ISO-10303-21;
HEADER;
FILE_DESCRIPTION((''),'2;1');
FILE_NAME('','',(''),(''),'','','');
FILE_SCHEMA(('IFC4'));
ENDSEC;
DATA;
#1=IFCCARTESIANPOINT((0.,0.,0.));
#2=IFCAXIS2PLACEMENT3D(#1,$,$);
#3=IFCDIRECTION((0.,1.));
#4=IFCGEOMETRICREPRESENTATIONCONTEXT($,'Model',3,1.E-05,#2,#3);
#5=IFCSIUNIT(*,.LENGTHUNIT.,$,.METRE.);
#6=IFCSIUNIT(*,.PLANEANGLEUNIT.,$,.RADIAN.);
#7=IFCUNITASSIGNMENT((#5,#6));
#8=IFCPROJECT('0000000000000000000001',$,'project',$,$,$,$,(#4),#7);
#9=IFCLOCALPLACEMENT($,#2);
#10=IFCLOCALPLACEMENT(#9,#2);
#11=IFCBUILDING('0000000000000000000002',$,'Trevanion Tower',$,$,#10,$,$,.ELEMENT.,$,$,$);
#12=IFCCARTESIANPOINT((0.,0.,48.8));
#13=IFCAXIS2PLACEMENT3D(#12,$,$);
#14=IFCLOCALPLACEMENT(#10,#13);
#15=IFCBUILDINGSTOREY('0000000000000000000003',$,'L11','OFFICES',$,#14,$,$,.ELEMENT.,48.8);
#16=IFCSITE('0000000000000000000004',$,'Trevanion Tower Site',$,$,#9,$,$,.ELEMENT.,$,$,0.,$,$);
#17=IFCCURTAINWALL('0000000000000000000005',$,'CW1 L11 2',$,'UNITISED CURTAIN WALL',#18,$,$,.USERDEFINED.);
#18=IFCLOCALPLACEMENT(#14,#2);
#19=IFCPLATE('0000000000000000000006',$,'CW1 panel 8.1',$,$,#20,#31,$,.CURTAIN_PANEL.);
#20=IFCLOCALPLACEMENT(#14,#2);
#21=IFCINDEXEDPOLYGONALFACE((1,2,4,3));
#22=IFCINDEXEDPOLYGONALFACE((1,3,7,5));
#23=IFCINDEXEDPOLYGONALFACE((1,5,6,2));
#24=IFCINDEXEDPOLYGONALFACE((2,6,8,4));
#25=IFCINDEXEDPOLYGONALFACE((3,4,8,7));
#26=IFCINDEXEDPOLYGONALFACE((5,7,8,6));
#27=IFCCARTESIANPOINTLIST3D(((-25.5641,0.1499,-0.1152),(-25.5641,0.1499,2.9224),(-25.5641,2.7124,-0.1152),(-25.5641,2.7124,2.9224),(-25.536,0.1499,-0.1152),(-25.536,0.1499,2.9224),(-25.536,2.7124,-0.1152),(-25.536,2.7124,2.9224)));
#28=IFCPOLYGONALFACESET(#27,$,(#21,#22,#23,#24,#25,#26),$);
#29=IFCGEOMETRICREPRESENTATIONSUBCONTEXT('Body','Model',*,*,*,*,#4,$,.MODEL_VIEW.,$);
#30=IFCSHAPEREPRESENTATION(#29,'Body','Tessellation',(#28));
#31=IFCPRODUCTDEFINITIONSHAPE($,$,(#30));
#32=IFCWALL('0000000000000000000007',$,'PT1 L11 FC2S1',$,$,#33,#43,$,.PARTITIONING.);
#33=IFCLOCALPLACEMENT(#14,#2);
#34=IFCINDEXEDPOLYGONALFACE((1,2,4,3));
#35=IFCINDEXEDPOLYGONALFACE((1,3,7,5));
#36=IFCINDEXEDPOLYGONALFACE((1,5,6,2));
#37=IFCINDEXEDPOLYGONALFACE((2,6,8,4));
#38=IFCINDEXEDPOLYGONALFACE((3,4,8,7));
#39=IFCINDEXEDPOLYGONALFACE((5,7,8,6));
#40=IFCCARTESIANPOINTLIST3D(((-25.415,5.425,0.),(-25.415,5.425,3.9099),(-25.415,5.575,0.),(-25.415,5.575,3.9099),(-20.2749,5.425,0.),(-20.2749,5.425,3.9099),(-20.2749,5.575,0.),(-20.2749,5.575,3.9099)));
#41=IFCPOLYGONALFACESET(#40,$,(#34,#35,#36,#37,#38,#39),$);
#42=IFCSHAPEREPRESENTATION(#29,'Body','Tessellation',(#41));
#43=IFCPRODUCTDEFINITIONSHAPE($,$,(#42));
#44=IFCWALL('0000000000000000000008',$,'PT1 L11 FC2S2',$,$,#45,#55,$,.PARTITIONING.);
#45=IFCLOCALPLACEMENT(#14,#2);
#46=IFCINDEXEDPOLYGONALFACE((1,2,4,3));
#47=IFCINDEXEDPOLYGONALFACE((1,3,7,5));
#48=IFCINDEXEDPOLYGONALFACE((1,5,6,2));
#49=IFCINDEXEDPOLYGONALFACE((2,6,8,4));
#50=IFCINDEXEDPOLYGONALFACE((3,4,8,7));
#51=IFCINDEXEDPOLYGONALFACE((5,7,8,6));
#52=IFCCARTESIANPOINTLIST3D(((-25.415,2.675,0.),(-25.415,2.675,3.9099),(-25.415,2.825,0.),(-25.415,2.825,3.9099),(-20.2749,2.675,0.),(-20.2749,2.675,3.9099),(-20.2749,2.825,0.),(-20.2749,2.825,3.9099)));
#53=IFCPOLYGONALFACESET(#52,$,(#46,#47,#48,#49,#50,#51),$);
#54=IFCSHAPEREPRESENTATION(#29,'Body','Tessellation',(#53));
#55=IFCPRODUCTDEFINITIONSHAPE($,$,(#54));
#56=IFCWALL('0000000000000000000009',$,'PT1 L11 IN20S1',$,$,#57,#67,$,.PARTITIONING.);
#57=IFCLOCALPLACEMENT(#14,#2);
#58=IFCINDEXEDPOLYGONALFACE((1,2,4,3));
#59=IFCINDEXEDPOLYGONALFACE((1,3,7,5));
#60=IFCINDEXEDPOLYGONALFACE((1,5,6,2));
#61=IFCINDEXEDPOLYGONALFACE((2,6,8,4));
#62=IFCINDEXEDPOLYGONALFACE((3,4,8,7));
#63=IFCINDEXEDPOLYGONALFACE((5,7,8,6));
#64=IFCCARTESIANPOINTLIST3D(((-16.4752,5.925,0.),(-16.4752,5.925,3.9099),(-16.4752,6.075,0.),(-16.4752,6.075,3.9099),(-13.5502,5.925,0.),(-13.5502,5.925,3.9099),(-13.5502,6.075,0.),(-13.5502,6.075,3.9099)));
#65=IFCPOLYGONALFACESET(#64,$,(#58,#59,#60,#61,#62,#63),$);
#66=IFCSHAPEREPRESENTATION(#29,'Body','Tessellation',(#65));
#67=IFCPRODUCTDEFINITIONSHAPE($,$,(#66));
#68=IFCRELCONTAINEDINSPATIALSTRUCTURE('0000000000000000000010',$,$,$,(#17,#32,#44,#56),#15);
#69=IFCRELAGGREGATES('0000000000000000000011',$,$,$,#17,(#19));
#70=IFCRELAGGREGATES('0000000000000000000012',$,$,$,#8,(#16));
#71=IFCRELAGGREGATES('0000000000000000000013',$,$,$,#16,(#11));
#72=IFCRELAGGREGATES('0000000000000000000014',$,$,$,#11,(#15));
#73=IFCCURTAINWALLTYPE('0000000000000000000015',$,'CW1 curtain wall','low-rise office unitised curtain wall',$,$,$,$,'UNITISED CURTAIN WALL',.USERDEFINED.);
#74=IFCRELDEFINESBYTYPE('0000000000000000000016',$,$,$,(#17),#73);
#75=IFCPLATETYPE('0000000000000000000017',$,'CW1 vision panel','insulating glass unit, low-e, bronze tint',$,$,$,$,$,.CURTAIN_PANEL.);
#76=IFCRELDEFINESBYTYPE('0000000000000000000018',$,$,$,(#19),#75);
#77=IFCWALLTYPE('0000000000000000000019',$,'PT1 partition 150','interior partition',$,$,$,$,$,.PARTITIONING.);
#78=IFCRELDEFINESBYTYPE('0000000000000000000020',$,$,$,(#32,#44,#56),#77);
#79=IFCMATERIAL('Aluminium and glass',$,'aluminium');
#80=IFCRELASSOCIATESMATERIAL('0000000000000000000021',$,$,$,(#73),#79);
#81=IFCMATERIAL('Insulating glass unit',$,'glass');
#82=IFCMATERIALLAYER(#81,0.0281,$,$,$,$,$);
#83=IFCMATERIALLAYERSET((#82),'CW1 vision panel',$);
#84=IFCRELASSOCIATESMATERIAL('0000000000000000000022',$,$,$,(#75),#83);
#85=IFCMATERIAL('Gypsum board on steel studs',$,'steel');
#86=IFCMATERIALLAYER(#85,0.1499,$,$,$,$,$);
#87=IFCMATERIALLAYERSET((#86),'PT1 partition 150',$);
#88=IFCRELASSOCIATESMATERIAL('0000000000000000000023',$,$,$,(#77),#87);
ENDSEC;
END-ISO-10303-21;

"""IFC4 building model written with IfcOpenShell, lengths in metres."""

from ifc_helpers import new_model, si_unit, direction, frame, frame_2d, origin, origin_2d, place, context, subcontext, project, spatial, rectangle, extrude, material, layer, layer_set, type_object, element, aggregate, save


model = new_model("IFC4")

# Units and contexts
model_context = context("Model", 3, precision=1e-05, world=origin(), true_north=direction((0.0, 1.0)))
body_context = subcontext(model_context, "Body", "Model", "MODEL_VIEW")
ifc_project = project(units=[si_unit("LENGTHUNIT", "METRE"), si_unit("PLANEANGLEUNIT", "RADIAN")], contexts=[model_context])

# Site, building, storey
site_placement = place(None, origin())
site = spatial("IfcSite", under=ifc_project, at=site_placement, Name="Trevanion Tower Site", CompositionType="ELEMENT", RefElevation=0.0)
building_placement = place(site_placement, origin())
building = spatial("IfcBuilding", under=site, at=building_placement, Name="Trevanion Tower", CompositionType="ELEMENT")
storey_placement = place(building_placement, frame((0.0, 0.0, 48.8)))
storey = spatial("IfcBuildingStorey", under=building, at=storey_placement, Name="L11", Description="OFFICES", CompositionType="ELEMENT", Elevation=48.8)

# Curtain wall, plate
ifc_material_1 = material(Name="Aluminium and glass", Category="aluminium")
curtain_wall_type = type_object("IfcCurtainWallType", Name="CW1 curtain wall", Description="low-rise office unitised curtain wall", ElementType="UNITISED CURTAIN WALL", PredefinedType="USERDEFINED", material=ifc_material_1)
curtain_wall_placement = place(storey_placement, origin())
curtain_wall = element("IfcCurtainWall", 1, at=curtain_wall_placement, inside=storey, type_object=curtain_wall_type, Name="CW1 L11 2", ObjectType="UNITISED CURTAIN WALL", PredefinedType="USERDEFINED")
ifc_material_2 = material(Name="Insulating glass unit", Category="glass")
ifc_layer_1 = layer(ifc_material_2, 0.0281)
ifc_layer_set_1 = layer_set([ifc_layer_1], Name="CW1 vision panel")
plate_type_1 = type_object("IfcPlateType", Name="CW1 vision panel", Description="insulating glass unit, low-e, bronze tint", PredefinedType="CURTAIN_PANEL", material=ifc_layer_set_1)
plate_1_placement = place(storey_placement, frame((-25.55, 1.4312, -0.1152), z_axis=(0.0, 0.0, 1.0), x_axis=(0.0, -1.0, 0.0)))
plate_1 = element("IfcPlate", 2, at=plate_1_placement, type_object=plate_type_1, Name="CW1 panel 8.1", PredefinedType="CURTAIN_PANEL", context=body_context, shape_type="SweptSolid", body=[
    extrude(rectangle(XDim=2.5625, YDim=0.0281, at=origin_2d()), origin(), (0.0, 0.0, 1.0), 3.0376),
])
aggregate(curtain_wall, [plate_1])

# Walls
ifc_material_3 = material(Name="Gypsum board on steel studs", Category="steel")
ifc_layer_2 = layer(ifc_material_3, 0.1499)
ifc_layer_set_2 = layer_set([ifc_layer_2], Name="PT1 partition 150")
wall_type = type_object("IfcWallType", Name="PT1 partition 150", Description="interior partition", PredefinedType="PARTITIONING", material=ifc_layer_set_2)
for number, where, z_axis, x_axis, name in (
    (3, (-20.2749, 5.5, 0.0), (0.0, 0.0, 1.0), (-1.0, 0.0, 0.0), "PT1 L11 FC2S1"),
    (4, (-20.2749, 2.75, 0.0), (0.0, 0.0, 1.0), (-1.0, 0.0, 0.0), "PT1 L11 FC2S2"),
):
    element("IfcWall", number, at=place(storey_placement, frame(where, z_axis=z_axis, x_axis=x_axis)), inside=storey, type_object=wall_type, Name=name, PredefinedType="PARTITIONING", context=body_context, shape_type="SweptSolid", body=[
        extrude(rectangle(XDim=5.1401, YDim=0.1499, at=frame_2d((2.5701, 0.0))), origin(), (0.0, 0.0, 1.0), 3.9099),
    ])
wall_placement = place(storey_placement, frame((-16.4751, 6.0, 0.0), z_axis=(0.0, 0.0, 1.0), x_axis=(1.0, 0.0, 0.0)))
element("IfcWall", 5, at=wall_placement, inside=storey, type_object=wall_type, Name="PT1 L11 IN20S1", PredefinedType="PARTITIONING", context=body_context, shape_type="SweptSolid", body=[
    extrude(rectangle(XDim=2.925, YDim=0.1499, at=frame_2d((1.4624, 0.0))), origin(), (0.0, 0.0, 1.0), 3.9099),
])

save(model, "model.ifc")
